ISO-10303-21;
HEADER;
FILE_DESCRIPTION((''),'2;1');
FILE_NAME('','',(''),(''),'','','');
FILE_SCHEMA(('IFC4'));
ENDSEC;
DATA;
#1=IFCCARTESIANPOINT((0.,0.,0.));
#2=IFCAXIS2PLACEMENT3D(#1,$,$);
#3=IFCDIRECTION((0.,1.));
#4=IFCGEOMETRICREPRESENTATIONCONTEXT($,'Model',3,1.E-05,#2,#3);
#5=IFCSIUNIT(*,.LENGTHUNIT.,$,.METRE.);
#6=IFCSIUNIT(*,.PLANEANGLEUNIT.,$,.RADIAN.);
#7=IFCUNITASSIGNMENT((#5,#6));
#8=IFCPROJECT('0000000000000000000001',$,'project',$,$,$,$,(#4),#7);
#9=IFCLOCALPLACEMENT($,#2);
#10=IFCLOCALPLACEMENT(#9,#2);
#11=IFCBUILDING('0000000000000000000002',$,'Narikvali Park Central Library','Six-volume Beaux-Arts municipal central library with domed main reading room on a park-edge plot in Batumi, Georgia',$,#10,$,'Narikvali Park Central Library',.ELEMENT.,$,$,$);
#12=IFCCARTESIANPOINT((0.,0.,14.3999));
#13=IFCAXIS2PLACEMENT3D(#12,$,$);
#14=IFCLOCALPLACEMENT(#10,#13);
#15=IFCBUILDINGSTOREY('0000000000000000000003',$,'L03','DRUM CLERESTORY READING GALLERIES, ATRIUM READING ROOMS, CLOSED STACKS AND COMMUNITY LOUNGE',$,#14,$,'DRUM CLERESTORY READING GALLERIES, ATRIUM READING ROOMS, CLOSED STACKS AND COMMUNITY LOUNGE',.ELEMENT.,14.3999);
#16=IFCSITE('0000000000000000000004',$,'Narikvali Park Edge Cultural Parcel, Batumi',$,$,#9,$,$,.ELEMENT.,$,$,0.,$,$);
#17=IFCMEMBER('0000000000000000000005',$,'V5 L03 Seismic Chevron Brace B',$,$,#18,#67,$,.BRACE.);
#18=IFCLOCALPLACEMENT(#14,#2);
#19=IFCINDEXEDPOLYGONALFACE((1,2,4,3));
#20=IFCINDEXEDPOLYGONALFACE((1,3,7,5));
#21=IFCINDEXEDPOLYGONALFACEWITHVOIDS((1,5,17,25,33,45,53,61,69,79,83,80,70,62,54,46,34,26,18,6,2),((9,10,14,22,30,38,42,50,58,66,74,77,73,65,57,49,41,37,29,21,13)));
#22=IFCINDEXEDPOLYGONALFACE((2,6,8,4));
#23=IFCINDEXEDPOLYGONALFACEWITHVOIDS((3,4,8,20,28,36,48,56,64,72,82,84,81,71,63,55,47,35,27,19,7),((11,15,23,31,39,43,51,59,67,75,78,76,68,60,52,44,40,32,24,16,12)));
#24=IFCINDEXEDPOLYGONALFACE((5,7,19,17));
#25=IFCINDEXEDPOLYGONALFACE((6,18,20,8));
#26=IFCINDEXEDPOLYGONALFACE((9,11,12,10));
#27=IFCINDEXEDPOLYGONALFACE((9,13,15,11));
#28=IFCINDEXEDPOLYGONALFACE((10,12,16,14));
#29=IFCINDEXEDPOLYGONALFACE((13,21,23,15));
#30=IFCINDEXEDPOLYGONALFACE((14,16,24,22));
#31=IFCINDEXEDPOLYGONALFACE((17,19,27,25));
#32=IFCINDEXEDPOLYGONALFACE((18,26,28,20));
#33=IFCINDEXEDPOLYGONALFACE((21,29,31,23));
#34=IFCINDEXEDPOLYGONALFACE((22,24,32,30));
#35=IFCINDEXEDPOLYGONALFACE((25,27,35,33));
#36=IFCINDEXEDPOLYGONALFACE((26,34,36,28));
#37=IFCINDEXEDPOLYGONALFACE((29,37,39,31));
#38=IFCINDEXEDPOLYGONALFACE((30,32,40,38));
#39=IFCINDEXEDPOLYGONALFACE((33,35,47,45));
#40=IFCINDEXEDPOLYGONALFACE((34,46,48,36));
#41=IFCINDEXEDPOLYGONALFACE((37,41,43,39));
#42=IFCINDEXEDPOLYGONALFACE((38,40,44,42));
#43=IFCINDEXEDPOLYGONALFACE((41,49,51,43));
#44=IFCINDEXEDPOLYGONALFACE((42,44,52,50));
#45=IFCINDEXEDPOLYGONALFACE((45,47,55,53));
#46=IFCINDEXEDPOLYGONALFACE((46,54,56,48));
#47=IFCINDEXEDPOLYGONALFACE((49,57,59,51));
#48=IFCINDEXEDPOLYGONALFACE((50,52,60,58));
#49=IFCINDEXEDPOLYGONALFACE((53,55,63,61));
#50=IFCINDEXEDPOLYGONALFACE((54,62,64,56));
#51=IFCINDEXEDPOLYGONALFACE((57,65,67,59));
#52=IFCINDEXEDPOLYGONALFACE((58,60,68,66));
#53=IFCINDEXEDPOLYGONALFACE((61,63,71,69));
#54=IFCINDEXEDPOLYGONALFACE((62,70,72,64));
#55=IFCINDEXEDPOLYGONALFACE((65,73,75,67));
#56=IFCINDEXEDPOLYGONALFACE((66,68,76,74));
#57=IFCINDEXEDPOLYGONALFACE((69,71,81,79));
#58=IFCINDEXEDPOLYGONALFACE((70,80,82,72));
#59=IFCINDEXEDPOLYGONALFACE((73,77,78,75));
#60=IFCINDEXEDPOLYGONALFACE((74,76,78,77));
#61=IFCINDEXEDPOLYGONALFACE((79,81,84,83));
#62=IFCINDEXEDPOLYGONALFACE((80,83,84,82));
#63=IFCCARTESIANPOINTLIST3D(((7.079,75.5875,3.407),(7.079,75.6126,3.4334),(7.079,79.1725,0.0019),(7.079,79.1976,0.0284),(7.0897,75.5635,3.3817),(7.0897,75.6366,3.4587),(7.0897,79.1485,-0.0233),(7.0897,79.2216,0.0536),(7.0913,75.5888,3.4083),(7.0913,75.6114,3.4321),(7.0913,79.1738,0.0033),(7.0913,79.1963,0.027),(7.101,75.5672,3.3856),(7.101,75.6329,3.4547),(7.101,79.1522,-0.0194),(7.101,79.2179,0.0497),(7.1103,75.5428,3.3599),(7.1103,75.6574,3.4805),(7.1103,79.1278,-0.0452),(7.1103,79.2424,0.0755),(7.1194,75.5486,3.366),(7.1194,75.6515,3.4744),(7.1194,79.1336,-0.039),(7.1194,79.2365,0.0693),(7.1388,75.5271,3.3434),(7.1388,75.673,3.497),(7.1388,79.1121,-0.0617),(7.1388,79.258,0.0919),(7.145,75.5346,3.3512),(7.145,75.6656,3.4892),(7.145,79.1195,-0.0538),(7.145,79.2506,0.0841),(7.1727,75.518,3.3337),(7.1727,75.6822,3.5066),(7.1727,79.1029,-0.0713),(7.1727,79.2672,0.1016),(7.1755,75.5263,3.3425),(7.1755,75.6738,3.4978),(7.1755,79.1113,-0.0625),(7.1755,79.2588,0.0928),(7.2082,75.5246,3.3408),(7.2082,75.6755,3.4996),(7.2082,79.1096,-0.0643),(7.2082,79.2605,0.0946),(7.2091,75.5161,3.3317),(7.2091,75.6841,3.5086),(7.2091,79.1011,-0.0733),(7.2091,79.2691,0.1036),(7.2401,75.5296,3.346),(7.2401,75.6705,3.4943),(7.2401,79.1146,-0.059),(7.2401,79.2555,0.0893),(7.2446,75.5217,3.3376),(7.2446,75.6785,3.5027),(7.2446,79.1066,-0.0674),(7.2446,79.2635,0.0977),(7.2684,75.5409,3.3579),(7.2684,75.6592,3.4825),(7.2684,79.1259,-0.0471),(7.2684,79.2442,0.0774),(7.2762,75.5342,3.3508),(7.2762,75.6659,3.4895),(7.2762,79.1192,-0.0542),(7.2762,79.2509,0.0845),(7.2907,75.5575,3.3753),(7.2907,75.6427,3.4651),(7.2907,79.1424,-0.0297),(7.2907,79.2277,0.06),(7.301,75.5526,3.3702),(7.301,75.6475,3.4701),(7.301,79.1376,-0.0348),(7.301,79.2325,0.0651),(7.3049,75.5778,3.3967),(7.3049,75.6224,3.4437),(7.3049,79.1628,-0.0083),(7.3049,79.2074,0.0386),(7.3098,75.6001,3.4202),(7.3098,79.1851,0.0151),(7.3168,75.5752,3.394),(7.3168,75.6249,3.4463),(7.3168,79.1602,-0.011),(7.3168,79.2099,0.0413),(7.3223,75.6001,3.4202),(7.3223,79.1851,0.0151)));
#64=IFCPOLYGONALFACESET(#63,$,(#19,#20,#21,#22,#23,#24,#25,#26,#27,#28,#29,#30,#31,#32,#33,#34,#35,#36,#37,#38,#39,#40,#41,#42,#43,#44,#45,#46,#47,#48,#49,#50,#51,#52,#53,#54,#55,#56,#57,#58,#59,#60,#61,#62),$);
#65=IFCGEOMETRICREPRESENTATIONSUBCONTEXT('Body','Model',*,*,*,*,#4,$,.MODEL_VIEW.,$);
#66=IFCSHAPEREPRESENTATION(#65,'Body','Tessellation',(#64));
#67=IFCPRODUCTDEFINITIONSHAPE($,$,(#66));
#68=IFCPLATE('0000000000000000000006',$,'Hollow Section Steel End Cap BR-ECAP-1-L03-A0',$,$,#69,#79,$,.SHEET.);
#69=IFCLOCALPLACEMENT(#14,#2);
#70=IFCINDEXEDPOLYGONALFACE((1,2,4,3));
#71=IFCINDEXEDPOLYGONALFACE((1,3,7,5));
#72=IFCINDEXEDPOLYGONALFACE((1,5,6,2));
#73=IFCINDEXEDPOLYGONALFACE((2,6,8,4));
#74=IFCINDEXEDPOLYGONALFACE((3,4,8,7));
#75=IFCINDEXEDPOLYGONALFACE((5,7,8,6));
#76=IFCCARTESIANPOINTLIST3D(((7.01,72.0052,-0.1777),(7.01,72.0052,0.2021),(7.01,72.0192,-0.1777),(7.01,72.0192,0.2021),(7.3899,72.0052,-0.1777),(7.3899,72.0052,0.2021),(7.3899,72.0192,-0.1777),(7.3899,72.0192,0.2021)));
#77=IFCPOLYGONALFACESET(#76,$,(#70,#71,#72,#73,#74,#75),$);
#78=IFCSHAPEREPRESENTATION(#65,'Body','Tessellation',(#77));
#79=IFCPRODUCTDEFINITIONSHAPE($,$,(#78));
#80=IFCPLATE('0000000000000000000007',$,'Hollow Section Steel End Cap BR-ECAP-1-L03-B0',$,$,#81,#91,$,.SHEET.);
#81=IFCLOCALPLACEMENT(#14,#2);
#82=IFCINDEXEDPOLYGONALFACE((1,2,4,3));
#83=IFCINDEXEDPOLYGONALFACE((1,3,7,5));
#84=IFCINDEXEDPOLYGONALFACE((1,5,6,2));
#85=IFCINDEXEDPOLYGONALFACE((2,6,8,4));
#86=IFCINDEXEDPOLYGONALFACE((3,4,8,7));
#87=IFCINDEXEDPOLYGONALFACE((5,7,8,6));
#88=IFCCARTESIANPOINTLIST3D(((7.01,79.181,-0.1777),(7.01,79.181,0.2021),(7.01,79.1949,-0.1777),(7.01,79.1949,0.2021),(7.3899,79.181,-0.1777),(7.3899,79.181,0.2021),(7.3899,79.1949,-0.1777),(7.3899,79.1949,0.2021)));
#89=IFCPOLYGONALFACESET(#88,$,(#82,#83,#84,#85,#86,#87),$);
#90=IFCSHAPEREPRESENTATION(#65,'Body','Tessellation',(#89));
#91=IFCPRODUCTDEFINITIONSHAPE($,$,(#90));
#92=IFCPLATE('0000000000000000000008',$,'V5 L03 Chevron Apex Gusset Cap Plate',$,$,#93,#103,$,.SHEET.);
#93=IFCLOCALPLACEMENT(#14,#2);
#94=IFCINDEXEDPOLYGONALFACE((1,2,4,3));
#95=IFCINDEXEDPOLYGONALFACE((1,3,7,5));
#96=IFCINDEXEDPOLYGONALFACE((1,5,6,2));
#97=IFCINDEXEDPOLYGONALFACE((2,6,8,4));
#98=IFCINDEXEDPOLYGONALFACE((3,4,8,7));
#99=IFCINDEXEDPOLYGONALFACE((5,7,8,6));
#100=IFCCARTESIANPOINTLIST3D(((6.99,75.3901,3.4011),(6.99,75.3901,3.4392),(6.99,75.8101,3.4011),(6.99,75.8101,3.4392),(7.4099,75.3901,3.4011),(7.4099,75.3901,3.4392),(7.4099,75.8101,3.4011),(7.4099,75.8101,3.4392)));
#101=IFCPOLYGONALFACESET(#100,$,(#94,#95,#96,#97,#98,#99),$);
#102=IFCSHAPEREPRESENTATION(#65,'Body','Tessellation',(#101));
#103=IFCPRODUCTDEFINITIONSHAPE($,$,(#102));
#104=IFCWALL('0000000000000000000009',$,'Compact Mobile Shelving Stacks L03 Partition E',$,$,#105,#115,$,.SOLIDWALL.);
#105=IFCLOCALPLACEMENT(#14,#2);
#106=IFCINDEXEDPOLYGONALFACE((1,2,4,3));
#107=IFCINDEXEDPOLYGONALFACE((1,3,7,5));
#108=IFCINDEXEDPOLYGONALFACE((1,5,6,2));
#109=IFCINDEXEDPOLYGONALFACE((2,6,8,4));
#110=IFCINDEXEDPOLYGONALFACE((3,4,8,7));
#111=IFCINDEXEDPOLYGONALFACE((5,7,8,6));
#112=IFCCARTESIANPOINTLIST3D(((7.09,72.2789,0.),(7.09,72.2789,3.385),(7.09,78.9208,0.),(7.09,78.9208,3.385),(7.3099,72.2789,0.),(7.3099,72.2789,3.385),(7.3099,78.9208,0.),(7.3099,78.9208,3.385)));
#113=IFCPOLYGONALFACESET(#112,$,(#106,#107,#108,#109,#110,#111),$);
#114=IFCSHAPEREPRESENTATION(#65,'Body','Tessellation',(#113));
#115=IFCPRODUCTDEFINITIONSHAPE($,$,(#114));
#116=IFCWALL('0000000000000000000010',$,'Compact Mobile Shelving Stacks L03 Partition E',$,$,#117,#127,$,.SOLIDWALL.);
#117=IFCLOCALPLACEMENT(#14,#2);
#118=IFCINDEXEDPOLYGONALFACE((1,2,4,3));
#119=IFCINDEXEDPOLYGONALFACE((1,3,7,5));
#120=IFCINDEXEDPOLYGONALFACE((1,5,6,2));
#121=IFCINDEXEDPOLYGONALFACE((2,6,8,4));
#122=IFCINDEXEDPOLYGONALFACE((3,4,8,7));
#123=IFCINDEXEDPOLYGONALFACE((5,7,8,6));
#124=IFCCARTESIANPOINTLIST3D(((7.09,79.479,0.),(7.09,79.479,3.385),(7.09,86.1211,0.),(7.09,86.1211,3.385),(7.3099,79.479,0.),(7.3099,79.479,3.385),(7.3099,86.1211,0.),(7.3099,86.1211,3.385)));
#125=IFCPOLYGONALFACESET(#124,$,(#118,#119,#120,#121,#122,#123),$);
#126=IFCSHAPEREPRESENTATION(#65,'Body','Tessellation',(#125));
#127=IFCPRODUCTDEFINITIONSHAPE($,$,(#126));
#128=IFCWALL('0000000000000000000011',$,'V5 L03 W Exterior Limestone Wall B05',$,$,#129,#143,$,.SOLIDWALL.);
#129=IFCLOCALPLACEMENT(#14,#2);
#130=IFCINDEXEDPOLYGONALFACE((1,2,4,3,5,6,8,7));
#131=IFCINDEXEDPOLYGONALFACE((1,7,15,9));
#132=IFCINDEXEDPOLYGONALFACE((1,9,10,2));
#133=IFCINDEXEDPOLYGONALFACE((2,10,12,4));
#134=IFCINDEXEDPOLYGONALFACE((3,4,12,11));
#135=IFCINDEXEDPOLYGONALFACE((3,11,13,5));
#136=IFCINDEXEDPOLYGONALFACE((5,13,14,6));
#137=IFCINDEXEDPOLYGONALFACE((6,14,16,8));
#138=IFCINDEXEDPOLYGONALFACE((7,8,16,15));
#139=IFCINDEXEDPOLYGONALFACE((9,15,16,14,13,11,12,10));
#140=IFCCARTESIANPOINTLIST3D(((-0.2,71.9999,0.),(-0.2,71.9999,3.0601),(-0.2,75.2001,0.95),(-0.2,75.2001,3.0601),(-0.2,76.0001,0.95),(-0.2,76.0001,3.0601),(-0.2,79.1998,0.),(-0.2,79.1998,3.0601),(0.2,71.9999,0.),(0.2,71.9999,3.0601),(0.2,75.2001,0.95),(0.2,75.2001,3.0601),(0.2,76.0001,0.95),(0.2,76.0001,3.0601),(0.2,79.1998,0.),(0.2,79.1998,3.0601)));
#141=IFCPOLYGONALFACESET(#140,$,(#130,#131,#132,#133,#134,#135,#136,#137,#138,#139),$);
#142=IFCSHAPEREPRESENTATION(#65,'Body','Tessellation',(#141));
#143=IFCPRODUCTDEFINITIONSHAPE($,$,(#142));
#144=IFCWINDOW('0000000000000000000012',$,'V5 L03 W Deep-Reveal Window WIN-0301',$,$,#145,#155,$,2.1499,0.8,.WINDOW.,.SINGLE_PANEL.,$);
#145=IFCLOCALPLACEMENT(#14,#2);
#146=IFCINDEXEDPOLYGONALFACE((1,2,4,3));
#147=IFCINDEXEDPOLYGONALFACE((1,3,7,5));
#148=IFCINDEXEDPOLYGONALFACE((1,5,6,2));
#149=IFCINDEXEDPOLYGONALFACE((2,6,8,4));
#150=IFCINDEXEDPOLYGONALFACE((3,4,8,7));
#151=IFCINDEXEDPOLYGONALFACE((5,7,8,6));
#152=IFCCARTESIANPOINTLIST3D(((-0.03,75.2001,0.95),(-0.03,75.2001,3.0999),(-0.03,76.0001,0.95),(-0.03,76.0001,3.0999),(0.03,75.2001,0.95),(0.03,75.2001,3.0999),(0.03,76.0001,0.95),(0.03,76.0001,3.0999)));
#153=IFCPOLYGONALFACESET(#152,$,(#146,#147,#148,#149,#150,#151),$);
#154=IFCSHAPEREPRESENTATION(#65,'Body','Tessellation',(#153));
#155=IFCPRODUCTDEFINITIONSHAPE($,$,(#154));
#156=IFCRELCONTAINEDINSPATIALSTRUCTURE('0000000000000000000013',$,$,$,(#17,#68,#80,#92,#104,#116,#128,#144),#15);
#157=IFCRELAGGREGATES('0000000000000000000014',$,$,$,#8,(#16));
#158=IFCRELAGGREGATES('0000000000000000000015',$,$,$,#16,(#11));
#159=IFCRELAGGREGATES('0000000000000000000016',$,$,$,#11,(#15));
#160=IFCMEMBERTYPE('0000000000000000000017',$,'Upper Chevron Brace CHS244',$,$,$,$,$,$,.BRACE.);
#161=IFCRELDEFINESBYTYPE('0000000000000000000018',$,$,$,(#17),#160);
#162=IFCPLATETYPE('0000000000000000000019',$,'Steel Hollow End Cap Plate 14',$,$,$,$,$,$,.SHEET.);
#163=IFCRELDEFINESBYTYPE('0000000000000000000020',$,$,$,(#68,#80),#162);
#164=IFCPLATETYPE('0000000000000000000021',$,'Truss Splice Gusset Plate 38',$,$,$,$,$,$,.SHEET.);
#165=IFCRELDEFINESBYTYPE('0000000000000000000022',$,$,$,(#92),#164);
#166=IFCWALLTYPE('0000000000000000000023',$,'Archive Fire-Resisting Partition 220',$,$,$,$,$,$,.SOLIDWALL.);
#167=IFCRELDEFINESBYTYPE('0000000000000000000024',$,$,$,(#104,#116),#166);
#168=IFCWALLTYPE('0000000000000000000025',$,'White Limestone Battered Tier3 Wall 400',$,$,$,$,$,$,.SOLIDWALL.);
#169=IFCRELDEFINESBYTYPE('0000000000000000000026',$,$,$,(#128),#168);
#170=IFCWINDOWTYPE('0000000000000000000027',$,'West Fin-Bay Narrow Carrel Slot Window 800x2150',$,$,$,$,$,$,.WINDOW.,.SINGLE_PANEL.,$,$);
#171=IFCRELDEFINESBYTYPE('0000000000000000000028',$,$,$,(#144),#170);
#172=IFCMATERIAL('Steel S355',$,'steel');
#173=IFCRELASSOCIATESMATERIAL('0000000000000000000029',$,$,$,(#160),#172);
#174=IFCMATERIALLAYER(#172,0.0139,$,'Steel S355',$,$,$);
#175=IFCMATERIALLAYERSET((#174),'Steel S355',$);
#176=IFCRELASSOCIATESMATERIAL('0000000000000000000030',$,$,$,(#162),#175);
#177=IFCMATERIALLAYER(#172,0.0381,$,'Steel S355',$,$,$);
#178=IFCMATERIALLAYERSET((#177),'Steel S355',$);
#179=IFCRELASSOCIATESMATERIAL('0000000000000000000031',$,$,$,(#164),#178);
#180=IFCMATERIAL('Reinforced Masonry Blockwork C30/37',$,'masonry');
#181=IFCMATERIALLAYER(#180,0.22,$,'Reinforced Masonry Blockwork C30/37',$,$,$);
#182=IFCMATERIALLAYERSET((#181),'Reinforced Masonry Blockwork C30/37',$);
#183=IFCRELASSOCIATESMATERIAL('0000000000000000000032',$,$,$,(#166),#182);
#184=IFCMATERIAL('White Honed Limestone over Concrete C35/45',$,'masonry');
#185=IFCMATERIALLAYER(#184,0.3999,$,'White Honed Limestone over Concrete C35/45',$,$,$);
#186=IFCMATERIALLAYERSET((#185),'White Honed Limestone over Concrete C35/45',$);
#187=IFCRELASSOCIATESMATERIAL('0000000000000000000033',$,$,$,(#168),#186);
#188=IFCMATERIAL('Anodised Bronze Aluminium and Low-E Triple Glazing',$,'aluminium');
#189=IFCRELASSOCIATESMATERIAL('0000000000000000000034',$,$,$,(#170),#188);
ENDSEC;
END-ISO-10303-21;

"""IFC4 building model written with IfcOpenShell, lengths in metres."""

from ifc_helpers import new_model, si_unit, direction, frame, frame_2d, origin, origin_2d, place, context, subcontext, project, spatial, rectangle, hollow_circle, extrude, material, layer, layer_set, material_profile, profile_set, type_object, element, fill, save


model = new_model("IFC4")

# Units and contexts
model_context = context("Model", 3, precision=1e-05, world=origin(), true_north=direction((0.0, 1.0)))
body_context = subcontext(model_context, "Body", "Model", "MODEL_VIEW")
ifc_project = project(units=[si_unit("LENGTHUNIT", "METRE"), si_unit("PLANEANGLEUNIT", "RADIAN")], contexts=[model_context])

# Site, building, storey
site_placement = place(None, origin())
site = spatial("IfcSite", under=ifc_project, at=site_placement, Name="Narikvali Park Edge Cultural Parcel, Batumi", CompositionType="ELEMENT", RefElevation=0.0)
building_placement = place(site_placement, origin())
building = spatial("IfcBuilding", under=site, at=building_placement, Name="Narikvali Park Central Library", Description="Six-volume Beaux-Arts municipal central library with domed main reading room on a park-edge plot in Batumi, Georgia", LongName="Narikvali Park Central Library", CompositionType="ELEMENT")
storey_placement = place(building_placement, frame((0.0, 0.0, 14.3999)))
storey = spatial("IfcBuildingStorey", under=building, at=storey_placement, Name="L03", Description="DRUM CLERESTORY READING GALLERIES, ATRIUM READING ROOMS, CLOSED STACKS AND COMMUNITY LOUNGE", LongName="DRUM CLERESTORY READING GALLERIES, ATRIUM READING ROOMS, CLOSED STACKS AND COMMUNITY LOUNGE", CompositionType="ELEMENT", Elevation=14.3999)

# Shared definitions
ifc_material_1 = material(Name="Steel S355", Category="steel")

# Member
ifc_material_profile_1 = material_profile(ifc_material_1, hollow_circle(Radius=0.1223, WallThickness=0.0125, at=origin_2d()), Name="CHS 244.5x12.5")
ifc_profile_set_1 = profile_set([ifc_material_profile_1], Name="Steel S355")
member_type = type_object("IfcMemberType", Name="Upper Chevron Brace CHS244", PredefinedType="BRACE", material=ifc_profile_set_1)
member_1_placement = place(storey_placement, frame((7.2, 79.1851, 0.0151), z_axis=(0.0, -0.725068, 0.688677), x_axis=(1.0, 0.0, 0.0)))
element("IfcMember", 1, at=member_1_placement, inside=storey, type_object=member_type, Name="V5 L03 Seismic Chevron Brace B", PredefinedType="BRACE", context=body_context, shape_type="SweptSolid", body=[
    extrude(hollow_circle(Radius=0.1223, WallThickness=0.0125, at=origin_2d()), origin(), (0.0, 0.0, 1.0), 4.9443),
])

# Plates
ifc_layer_1 = layer(ifc_material_1, 0.0139, Name="Steel S355")
ifc_layer_set_1 = layer_set([ifc_layer_1], Name="Steel S355")
plate_type_1 = type_object("IfcPlateType", Name="Steel Hollow End Cap Plate 14", PredefinedType="SHEET", material=ifc_layer_set_1)
for number, where, z_axis, x_axis, name in (
    (2, (7.2, 72.0122, -0.1777), (0.0, 0.0, 1.0), (-1.0, 0.0, 0.0), "Hollow Section Steel End Cap BR-ECAP-1-L03-A0"),
    (3, (7.2, 79.188, -0.1777), (0.0, 0.0, 1.0), (1.0, 0.0, 0.0), "Hollow Section Steel End Cap BR-ECAP-1-L03-B0"),
):
    element("IfcPlate", number, at=place(storey_placement, frame(where, z_axis=z_axis, x_axis=x_axis)), inside=storey, type_object=plate_type_1, Name=name, PredefinedType="SHEET", context=body_context, shape_type="SweptSolid", body=[
        extrude(rectangle(XDim=0.3799, YDim=0.0139, at=origin_2d()), origin(), (0.0, 0.0, 1.0), 0.3799),
    ])
ifc_layer_2 = layer(ifc_material_1, 0.0381, Name="Steel S355")
ifc_layer_set_2 = layer_set([ifc_layer_2], Name="Steel S355")
plate_type_2 = type_object("IfcPlateType", Name="Truss Splice Gusset Plate 38", PredefinedType="SHEET", material=ifc_layer_set_2)
plate_placement = place(storey_placement, frame((7.2, 75.6001, 3.4011), z_axis=(0.0, 0.0, 1.0), x_axis=(1.0, 0.0, 0.0)))
element("IfcPlate", 4, at=plate_placement, inside=storey, type_object=plate_type_2, Name="V5 L03 Chevron Apex Gusset Cap Plate", PredefinedType="SHEET", context=body_context, shape_type="SweptSolid", body=[
    extrude(rectangle(XDim=0.4199, YDim=0.4199, at=origin_2d()), origin(), (0.0, 0.0, 1.0), 0.0381),
])

# Walls
ifc_material_2 = material(Name="Reinforced Masonry Blockwork C30/37", Category="masonry")
ifc_layer_3 = layer(ifc_material_2, 0.22, Name="Reinforced Masonry Blockwork C30/37")
ifc_layer_set_3 = layer_set([ifc_layer_3], Name="Reinforced Masonry Blockwork C30/37")
wall_type_1 = type_object("IfcWallType", Name="Archive Fire-Resisting Partition 220", PredefinedType="SOLIDWALL", material=ifc_layer_set_3)
wall_1_placement = place(storey_placement, frame((7.2, 72.2791, 0.0), z_axis=(0.0, 0.0, 1.0), x_axis=(0.0, 1.0, 0.0)))
element("IfcWall", 5, at=wall_1_placement, inside=storey, type_object=wall_type_1, Name="Compact Mobile Shelving Stacks L03 Partition E", PredefinedType="SOLIDWALL", context=body_context, shape_type="SweptSolid", body=[
    extrude(rectangle(XDim=6.6418, YDim=0.22, at=frame_2d((3.3208, 0.0))), origin(), (0.0, 0.0, 1.0), 3.385),
])
wall_2_placement = place(storey_placement, frame((7.2, 79.479, 0.0), z_axis=(0.0, 0.0, 1.0), x_axis=(0.0, 1.0, 0.0)))
element("IfcWall", 6, at=wall_2_placement, inside=storey, type_object=wall_type_1, Name="Compact Mobile Shelving Stacks L03 Partition E", PredefinedType="SOLIDWALL", context=body_context, shape_type="SweptSolid", body=[
    extrude(rectangle(XDim=6.6421, YDim=0.22, at=frame_2d((3.321, 0.0))), origin(), (0.0, 0.0, 1.0), 3.385),
])

# Wall, opening, window
ifc_material_3 = material(Name="White Honed Limestone over Concrete C35/45", Category="masonry")
ifc_layer_4 = layer(ifc_material_3, 0.3999, Name="White Honed Limestone over Concrete C35/45")
ifc_layer_set_4 = layer_set([ifc_layer_4], Name="White Honed Limestone over Concrete C35/45")
wall_type_2 = type_object("IfcWallType", Name="White Limestone Battered Tier3 Wall 400", PredefinedType="SOLIDWALL", material=ifc_layer_set_4)
wall_3_placement = place(storey_placement, frame((0.0, 79.2, 0.0), z_axis=(0.0, 0.0, 1.0), x_axis=(0.0, -1.0, 0.0)))
wall_3 = element("IfcWall", 7, at=wall_3_placement, inside=storey, type_object=wall_type_2, Name="V5 L03 W Exterior Limestone Wall B05", PredefinedType="SOLIDWALL", context=body_context, shape_type="SweptSolid", body=[
    extrude(rectangle(XDim=7.2, YDim=0.3999, at=frame_2d((3.6001, 0.0))), origin(), (0.0, 0.0, 1.0), 3.0601),
])
opening_placement = place(wall_3_placement, frame((3.2, 0.0, 0.95)))
opening = element("IfcOpeningElement", 8, at=opening_placement, cuts=wall_3, PredefinedType="OPENING", context=body_context, shape_type="SweptSolid", body=[
    extrude(rectangle(XDim=0.8, YDim=2.1499, at=frame_2d((0.3999, 1.075))), frame((0.0, 0.2119, 0.0), z_axis=(0.0, -1.0, 0.0), x_axis=(1.0, 0.0, 0.0)), (0.0, 0.0, 1.0), 0.4238),
])
ifc_material_4 = material(Name="Anodised Bronze Aluminium and Low-E Triple Glazing", Category="aluminium")
window_type = type_object("IfcWindowType", Name="West Fin-Bay Narrow Carrel Slot Window 800x2150", PartitioningType="SINGLE_PANEL", PredefinedType="WINDOW", material=ifc_material_4)
window_placement = place(opening_placement, origin())
window = element("IfcWindow", 9, at=window_placement, inside=storey, type_object=window_type, Name="V5 L03 W Deep-Reveal Window WIN-0301", OverallHeight=2.1499, OverallWidth=0.8, PartitioningType="SINGLE_PANEL", PredefinedType="WINDOW", context=body_context, shape_type="SweptSolid", body=[
    extrude(rectangle(XDim=0.8, YDim=2.1499, at=frame_2d((0.3999, 1.075))), frame((0.0, 0.03, 0.0), z_axis=(0.0, -1.0, 0.0), x_axis=(1.0, 0.0, 0.0)), (0.0, 0.0, 1.0), 0.0601),
])
fill(opening, window)

save(model, "model.ifc")
